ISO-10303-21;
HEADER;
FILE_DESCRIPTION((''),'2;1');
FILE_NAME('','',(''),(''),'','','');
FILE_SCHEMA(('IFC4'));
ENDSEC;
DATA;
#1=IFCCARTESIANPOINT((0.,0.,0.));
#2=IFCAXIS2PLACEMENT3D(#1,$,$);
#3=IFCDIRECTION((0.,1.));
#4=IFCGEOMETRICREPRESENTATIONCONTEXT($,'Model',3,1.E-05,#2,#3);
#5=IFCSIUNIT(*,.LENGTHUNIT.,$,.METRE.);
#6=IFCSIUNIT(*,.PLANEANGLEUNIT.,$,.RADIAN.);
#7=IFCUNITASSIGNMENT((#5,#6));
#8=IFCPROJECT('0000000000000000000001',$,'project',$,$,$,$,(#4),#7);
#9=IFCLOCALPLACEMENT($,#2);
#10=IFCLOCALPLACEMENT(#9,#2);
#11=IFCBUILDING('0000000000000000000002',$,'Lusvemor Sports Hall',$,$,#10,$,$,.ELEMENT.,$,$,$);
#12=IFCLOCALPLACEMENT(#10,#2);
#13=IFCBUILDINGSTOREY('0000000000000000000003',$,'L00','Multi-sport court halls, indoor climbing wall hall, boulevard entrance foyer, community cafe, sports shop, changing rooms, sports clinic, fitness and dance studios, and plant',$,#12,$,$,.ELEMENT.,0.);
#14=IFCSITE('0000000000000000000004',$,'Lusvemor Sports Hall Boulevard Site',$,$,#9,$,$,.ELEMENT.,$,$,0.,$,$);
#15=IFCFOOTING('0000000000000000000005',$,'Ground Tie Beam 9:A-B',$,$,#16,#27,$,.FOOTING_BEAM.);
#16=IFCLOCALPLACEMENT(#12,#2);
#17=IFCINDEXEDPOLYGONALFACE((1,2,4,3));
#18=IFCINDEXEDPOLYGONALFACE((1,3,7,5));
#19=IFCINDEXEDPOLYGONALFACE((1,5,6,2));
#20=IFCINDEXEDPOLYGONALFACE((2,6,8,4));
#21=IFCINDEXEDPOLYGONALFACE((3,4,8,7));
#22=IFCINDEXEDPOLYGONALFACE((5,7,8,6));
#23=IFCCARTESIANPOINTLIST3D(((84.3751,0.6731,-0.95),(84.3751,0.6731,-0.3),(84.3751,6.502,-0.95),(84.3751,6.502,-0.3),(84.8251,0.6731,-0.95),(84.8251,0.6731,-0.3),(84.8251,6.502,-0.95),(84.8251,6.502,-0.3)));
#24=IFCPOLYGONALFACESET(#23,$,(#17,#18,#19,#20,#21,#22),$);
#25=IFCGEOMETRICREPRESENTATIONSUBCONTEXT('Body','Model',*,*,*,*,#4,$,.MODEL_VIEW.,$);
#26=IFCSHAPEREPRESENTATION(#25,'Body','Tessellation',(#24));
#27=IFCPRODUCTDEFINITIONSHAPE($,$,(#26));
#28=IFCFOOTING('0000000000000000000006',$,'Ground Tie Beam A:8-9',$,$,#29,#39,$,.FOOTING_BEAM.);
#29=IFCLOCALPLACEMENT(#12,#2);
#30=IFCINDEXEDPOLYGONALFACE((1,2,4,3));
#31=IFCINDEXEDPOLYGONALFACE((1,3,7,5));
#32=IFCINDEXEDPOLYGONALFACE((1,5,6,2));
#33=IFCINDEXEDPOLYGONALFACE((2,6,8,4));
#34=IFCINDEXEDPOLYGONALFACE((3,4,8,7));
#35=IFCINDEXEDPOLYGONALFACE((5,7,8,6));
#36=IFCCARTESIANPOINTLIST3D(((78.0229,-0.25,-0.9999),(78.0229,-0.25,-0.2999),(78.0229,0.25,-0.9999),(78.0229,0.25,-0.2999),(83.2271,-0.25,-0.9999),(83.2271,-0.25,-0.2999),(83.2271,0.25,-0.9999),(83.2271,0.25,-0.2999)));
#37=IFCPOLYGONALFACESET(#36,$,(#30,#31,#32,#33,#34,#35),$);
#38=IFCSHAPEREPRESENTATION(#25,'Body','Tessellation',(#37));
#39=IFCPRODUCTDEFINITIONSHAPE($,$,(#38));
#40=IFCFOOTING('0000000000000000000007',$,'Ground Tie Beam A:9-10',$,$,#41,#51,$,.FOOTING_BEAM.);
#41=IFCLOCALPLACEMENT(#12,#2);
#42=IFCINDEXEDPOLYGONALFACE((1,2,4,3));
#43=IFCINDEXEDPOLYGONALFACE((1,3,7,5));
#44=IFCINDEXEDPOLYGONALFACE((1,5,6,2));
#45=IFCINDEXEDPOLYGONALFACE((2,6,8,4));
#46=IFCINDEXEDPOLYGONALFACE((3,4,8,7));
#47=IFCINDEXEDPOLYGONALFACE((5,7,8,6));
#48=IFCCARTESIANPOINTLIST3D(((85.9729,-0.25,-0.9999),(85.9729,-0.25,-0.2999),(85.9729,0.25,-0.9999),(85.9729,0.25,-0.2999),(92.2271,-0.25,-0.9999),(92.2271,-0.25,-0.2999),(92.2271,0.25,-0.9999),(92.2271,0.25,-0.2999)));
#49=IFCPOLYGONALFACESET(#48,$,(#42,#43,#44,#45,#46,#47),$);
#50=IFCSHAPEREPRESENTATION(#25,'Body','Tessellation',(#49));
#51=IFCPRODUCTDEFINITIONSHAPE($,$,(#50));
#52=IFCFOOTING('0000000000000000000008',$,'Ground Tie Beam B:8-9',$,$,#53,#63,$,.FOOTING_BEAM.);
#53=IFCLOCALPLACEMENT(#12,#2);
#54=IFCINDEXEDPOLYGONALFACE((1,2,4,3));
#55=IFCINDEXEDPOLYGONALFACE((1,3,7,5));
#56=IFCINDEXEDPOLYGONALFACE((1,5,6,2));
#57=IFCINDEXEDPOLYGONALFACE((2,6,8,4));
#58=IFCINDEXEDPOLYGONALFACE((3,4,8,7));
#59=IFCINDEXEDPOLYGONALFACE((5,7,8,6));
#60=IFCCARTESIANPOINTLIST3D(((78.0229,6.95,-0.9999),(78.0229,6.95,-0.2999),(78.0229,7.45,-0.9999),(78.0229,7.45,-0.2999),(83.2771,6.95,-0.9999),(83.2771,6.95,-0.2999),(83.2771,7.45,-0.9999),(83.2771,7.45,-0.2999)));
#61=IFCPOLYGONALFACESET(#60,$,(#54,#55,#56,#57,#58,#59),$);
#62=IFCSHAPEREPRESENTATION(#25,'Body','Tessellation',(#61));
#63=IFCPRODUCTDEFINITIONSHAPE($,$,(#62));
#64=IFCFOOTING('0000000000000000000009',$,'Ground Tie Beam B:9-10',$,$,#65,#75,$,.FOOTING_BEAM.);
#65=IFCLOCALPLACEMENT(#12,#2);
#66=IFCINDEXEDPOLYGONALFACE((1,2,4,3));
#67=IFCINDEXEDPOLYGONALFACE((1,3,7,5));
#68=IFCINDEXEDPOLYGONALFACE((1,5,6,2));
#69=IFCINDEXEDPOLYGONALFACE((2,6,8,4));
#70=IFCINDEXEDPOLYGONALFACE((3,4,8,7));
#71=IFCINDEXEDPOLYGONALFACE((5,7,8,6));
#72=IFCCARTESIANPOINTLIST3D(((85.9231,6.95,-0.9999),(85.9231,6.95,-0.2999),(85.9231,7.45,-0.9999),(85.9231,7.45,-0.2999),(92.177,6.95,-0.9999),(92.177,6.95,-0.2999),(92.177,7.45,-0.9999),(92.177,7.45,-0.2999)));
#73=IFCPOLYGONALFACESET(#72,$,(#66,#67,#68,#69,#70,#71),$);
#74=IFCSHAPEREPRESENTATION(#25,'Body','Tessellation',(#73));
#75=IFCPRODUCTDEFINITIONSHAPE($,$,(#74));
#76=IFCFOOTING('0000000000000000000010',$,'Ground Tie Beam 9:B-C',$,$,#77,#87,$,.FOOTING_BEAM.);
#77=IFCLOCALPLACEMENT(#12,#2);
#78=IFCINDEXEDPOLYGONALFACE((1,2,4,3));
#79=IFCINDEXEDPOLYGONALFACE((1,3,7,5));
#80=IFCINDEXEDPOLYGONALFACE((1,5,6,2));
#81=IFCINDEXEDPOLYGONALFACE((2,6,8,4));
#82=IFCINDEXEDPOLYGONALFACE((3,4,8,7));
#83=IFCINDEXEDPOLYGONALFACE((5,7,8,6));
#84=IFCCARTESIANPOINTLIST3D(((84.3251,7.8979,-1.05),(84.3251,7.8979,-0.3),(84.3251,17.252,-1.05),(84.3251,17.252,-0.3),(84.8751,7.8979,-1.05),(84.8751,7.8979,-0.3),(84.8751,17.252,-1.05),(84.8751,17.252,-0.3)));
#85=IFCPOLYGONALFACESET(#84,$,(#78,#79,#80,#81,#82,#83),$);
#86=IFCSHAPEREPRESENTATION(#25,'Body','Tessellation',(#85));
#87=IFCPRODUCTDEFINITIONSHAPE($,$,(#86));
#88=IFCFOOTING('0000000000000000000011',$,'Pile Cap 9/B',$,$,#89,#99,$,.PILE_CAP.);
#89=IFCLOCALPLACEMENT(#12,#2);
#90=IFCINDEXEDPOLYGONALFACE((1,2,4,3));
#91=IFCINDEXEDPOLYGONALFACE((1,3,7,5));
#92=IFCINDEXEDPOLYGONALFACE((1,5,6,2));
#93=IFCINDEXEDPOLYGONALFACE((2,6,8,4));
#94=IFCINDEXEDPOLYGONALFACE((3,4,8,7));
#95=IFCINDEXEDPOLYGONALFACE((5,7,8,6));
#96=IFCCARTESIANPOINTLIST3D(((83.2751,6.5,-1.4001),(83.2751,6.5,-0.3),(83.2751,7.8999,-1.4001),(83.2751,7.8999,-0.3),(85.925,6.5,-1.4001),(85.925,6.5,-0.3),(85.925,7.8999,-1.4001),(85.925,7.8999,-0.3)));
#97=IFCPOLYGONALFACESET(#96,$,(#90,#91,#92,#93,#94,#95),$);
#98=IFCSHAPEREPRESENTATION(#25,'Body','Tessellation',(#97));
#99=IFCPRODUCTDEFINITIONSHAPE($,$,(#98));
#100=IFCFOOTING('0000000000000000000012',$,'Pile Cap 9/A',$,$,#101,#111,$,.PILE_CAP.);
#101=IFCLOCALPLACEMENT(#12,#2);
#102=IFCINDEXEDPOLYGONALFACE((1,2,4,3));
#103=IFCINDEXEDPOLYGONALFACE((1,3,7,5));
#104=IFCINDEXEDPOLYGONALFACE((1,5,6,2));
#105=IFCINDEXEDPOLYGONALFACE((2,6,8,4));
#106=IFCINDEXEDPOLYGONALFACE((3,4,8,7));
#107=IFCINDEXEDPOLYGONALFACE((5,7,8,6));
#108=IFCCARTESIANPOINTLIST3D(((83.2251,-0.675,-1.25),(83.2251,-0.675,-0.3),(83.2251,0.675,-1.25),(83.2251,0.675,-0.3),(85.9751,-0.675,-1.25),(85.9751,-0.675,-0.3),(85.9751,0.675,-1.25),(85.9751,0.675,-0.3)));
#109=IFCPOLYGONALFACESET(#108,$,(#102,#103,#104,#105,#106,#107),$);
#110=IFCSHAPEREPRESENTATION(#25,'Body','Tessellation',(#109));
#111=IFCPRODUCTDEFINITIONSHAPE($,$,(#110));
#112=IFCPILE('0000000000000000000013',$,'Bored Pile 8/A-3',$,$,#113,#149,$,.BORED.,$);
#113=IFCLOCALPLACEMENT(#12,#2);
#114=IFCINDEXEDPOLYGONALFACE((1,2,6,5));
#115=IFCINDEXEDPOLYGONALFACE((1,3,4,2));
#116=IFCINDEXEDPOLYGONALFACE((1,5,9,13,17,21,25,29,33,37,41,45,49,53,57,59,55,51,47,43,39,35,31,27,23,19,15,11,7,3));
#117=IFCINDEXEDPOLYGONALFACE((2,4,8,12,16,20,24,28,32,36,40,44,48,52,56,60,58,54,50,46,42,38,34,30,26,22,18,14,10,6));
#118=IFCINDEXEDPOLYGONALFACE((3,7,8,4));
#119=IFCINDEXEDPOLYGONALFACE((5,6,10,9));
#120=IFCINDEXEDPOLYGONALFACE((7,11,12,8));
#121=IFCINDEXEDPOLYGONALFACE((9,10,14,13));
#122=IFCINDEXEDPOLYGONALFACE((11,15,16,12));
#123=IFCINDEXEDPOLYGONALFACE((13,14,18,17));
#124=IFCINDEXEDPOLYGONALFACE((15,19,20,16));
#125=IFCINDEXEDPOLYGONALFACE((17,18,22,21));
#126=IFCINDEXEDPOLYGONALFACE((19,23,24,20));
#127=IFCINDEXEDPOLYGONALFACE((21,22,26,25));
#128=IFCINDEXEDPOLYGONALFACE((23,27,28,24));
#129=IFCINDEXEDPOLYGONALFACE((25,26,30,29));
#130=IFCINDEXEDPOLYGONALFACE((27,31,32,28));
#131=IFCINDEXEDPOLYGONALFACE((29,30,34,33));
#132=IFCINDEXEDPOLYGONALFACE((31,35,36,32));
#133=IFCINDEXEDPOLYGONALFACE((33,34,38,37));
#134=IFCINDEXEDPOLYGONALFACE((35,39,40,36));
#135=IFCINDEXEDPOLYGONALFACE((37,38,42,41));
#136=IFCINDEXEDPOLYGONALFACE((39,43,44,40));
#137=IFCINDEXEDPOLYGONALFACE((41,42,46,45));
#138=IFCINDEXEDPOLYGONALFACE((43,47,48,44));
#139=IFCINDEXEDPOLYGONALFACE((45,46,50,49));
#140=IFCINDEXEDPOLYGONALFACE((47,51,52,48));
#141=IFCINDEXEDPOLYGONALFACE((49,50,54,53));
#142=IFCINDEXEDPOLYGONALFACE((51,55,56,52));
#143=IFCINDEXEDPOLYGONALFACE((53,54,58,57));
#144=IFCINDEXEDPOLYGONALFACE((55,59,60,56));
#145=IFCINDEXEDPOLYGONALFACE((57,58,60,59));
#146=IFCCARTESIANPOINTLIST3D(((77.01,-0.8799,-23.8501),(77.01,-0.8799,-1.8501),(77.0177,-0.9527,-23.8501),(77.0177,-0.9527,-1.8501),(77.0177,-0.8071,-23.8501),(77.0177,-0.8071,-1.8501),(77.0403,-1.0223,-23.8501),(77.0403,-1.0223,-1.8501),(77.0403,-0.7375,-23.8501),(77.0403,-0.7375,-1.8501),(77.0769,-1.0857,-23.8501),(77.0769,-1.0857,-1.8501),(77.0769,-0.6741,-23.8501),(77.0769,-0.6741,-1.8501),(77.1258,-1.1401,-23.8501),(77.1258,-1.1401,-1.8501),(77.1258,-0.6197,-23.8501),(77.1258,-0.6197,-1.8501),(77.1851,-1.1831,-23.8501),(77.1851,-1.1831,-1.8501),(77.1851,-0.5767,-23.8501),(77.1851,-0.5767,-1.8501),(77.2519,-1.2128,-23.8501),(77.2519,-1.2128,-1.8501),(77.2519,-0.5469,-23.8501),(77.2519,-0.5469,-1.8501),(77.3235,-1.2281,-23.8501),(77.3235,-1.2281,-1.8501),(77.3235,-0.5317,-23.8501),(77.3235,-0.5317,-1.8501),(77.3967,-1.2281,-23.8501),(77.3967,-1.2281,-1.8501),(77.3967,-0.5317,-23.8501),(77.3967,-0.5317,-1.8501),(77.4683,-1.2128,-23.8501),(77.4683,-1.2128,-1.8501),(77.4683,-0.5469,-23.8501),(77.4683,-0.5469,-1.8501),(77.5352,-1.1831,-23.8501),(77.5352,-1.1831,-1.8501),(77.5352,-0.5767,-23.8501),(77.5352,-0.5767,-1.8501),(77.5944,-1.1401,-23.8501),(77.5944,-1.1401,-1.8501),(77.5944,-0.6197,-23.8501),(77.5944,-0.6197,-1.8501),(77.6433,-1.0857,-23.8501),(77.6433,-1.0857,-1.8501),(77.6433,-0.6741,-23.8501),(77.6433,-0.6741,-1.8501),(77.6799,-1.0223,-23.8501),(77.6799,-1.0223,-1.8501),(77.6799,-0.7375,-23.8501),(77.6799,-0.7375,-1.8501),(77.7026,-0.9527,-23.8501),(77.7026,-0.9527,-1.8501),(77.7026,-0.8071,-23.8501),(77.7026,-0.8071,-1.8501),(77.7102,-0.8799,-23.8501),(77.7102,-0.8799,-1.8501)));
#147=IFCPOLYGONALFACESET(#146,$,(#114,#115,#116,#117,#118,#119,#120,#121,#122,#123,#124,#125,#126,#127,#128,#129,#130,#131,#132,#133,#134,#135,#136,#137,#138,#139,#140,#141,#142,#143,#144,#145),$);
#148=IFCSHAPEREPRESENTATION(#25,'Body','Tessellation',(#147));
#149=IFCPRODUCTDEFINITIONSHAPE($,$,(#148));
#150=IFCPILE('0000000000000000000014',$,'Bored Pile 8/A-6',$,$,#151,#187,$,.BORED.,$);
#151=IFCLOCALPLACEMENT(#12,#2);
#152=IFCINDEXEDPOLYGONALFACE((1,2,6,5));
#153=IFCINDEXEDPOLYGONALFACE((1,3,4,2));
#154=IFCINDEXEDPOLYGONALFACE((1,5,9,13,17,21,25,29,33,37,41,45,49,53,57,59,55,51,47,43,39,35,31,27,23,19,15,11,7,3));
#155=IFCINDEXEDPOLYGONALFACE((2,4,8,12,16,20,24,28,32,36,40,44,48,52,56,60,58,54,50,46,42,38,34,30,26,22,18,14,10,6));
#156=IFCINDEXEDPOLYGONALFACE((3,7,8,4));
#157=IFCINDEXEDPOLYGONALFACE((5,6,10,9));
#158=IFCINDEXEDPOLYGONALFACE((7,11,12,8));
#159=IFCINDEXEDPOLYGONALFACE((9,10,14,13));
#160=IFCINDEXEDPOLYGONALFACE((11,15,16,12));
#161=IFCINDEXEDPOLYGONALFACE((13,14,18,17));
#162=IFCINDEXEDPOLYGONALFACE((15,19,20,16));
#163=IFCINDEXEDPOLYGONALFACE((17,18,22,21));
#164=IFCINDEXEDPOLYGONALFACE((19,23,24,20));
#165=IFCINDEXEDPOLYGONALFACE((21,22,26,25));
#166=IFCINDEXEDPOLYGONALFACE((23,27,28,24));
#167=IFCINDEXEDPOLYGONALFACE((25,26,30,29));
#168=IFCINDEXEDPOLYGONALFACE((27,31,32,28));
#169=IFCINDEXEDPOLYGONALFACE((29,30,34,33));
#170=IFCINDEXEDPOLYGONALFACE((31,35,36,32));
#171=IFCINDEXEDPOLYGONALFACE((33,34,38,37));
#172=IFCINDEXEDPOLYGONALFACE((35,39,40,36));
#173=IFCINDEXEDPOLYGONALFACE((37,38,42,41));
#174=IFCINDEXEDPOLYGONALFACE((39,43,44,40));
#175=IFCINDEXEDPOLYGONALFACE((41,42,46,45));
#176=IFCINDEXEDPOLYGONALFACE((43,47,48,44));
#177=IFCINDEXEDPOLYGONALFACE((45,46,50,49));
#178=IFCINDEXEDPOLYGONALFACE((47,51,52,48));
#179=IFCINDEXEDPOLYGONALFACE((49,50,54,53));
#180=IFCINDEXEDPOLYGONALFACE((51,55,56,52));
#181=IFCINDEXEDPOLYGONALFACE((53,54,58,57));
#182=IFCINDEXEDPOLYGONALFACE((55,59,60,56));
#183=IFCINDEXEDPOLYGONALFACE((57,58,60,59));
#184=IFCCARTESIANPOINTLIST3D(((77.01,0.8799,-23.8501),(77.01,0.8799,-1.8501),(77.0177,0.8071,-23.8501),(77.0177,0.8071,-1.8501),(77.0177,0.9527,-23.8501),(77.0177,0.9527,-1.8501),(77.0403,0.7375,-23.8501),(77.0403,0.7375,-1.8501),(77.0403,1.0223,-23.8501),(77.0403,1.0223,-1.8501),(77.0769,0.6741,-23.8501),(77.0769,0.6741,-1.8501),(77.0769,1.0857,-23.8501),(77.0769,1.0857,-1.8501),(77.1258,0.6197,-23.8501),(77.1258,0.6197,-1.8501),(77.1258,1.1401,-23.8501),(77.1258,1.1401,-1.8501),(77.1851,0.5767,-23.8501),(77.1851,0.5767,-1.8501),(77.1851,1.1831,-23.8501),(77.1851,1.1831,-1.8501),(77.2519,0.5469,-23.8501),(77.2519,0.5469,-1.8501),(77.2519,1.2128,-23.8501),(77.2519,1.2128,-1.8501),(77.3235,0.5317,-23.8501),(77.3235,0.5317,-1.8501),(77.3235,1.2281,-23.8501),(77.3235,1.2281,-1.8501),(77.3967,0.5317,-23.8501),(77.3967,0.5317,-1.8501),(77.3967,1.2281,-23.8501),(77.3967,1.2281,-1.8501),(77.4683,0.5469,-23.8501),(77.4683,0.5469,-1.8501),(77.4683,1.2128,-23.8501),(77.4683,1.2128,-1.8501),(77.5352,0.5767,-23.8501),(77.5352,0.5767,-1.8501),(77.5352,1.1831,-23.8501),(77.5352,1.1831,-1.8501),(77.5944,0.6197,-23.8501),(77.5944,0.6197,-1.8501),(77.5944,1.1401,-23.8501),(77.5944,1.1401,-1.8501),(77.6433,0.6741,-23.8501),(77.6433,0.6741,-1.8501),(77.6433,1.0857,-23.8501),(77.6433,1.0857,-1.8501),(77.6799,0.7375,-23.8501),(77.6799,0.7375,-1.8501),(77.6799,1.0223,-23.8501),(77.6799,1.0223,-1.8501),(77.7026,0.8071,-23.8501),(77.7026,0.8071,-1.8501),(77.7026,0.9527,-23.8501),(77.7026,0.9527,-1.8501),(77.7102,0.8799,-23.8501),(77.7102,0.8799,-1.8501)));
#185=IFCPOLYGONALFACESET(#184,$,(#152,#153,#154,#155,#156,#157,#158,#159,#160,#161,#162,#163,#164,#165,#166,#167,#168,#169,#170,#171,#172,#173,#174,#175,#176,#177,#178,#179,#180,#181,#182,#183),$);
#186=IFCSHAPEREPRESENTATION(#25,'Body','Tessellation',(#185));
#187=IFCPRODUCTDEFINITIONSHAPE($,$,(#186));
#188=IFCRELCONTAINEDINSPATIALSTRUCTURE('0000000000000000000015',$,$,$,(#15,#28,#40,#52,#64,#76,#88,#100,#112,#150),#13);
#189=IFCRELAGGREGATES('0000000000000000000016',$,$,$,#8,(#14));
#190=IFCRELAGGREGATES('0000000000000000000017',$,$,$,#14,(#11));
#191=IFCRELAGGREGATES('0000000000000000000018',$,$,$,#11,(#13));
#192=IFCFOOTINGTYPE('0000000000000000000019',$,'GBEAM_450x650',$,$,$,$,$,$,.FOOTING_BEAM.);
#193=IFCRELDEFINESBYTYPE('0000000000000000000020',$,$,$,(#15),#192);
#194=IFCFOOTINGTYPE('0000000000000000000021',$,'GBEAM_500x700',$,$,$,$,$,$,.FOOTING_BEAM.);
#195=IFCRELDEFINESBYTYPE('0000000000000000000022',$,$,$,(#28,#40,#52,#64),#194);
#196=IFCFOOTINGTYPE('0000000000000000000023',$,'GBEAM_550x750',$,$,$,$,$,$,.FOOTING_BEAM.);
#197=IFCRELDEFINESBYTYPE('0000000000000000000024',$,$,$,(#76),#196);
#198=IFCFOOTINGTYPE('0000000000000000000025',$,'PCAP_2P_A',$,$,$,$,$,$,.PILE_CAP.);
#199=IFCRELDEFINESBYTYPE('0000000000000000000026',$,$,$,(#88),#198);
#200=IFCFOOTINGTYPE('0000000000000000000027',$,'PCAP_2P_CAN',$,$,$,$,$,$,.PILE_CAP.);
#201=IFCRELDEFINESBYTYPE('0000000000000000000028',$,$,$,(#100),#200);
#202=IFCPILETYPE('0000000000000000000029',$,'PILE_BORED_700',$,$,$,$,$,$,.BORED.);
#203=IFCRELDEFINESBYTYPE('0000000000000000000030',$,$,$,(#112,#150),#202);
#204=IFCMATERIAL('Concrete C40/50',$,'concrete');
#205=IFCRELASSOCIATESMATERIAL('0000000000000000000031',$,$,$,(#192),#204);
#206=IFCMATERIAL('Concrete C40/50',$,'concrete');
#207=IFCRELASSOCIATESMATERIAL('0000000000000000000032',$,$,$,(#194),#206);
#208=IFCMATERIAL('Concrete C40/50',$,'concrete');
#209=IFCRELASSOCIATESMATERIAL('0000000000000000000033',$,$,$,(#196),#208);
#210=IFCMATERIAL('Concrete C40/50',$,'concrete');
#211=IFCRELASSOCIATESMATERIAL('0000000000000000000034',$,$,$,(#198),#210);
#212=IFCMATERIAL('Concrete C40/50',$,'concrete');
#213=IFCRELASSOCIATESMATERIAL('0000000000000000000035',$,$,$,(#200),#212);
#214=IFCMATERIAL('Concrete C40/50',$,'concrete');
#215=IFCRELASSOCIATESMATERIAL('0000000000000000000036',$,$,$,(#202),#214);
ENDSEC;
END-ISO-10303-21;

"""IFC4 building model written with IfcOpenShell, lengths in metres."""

from ifc_helpers import new_model, si_unit, direction, frame, origin, origin_2d, place, context, subcontext, project, spatial, rectangle, circle, extrude, material, material_profile, profile_set, type_object, element, save


model = new_model("IFC4")

# Units and contexts
model_context = context("Model", 3, precision=1e-05, world=origin(), true_north=direction((0.0, 1.0)))
body_context = subcontext(model_context, "Body", "Model", "MODEL_VIEW")
ifc_project = project(units=[si_unit("LENGTHUNIT", "METRE"), si_unit("PLANEANGLEUNIT", "RADIAN")], contexts=[model_context])

# Site, building, storey
site_placement = place(None, origin())
site = spatial("IfcSite", under=ifc_project, at=site_placement, Name="Lusvemor Sports Hall Boulevard Site", CompositionType="ELEMENT", RefElevation=0.0)
building_placement = place(site_placement, origin())
building = spatial("IfcBuilding", under=site, at=building_placement, Name="Lusvemor Sports Hall", CompositionType="ELEMENT")
storey_placement = place(building_placement, origin())
storey = spatial("IfcBuildingStorey", under=building, at=storey_placement, Name="L00", Description="Multi-sport court halls, indoor climbing wall hall, boulevard entrance foyer, community cafe, sports shop, changing rooms, sports clinic, fitness and dance studios, and plant", CompositionType="ELEMENT", Elevation=0.0)

# Footings
ifc_material_1 = material(Name="Concrete C40/50", Category="concrete")
ifc_material_profile_1 = material_profile(ifc_material_1, rectangle(XDim=0.45, YDim=0.6499, at=origin_2d()), Name="GB_450x650")
ifc_profile_set_1 = profile_set([ifc_material_profile_1], Name="Concrete C40/50")
footing_type_1 = type_object("IfcFootingType", Name="GBEAM_450x650", PredefinedType="FOOTING_BEAM", material=ifc_profile_set_1)
footing_1_placement = place(storey_placement, frame((84.6001, 0.6731, -0.625), z_axis=(0.0, 1.0, 0.0), x_axis=(-1.0, 0.0, 0.0)))
element("IfcFooting", 1, at=footing_1_placement, inside=storey, type_object=footing_type_1, Name="Ground Tie Beam 9:A-B", PredefinedType="FOOTING_BEAM", context=body_context, shape_type="SweptSolid", body=[
    extrude(rectangle(XDim=0.45, YDim=0.6499, at=origin_2d()), origin(), (0.0, 0.0, 1.0), 5.8289),
])
ifc_material_2 = material(Name="Concrete C40/50", Category="concrete")
ifc_material_profile_2 = material_profile(ifc_material_2, rectangle(XDim=0.5, YDim=0.7, at=origin_2d()), Name="GB_500x700")
ifc_profile_set_2 = profile_set([ifc_material_profile_2], Name="Concrete C40/50")
footing_type_2 = type_object("IfcFootingType", Name="GBEAM_500x700", PredefinedType="FOOTING_BEAM", material=ifc_profile_set_2)
footing_2_placement = place(storey_placement, frame((78.0229, 0.0, -0.6499), z_axis=(1.0, 0.0, 0.0), x_axis=(0.0, 1.0, 0.0)))
element("IfcFooting", 2, at=footing_2_placement, inside=storey, type_object=footing_type_2, Name="Ground Tie Beam A:8-9", PredefinedType="FOOTING_BEAM", context=body_context, shape_type="SweptSolid", body=[
    extrude(rectangle(XDim=0.5, YDim=0.7, at=origin_2d()), origin(), (0.0, 0.0, 1.0), 5.2041),
])
footing_3_placement = place(storey_placement, frame((85.9729, 0.0, -0.6499), z_axis=(1.0, 0.0, 0.0), x_axis=(0.0, 1.0, 0.0)))
element("IfcFooting", 3, at=footing_3_placement, inside=storey, type_object=footing_type_2, Name="Ground Tie Beam A:9-10", PredefinedType="FOOTING_BEAM", context=body_context, shape_type="SweptSolid", body=[
    extrude(rectangle(XDim=0.5, YDim=0.7, at=origin_2d()), origin(), (0.0, 0.0, 1.0), 6.2542),
])
footing_4_placement = place(storey_placement, frame((78.0229, 7.2, -0.6499), z_axis=(1.0, 0.0, 0.0), x_axis=(0.0, 1.0, 0.0)))
element("IfcFooting", 4, at=footing_4_placement, inside=storey, type_object=footing_type_2, Name="Ground Tie Beam B:8-9", PredefinedType="FOOTING_BEAM", context=body_context, shape_type="SweptSolid", body=[
    extrude(rectangle(XDim=0.5, YDim=0.7, at=origin_2d()), origin(), (0.0, 0.0, 1.0), 5.2542),
])
footing_5_placement = place(storey_placement, frame((85.9231, 7.2, -0.6499), z_axis=(1.0, 0.0, 0.0), x_axis=(0.0, 1.0, 0.0)))
element("IfcFooting", 5, at=footing_5_placement, inside=storey, type_object=footing_type_2, Name="Ground Tie Beam B:9-10", PredefinedType="FOOTING_BEAM", context=body_context, shape_type="SweptSolid", body=[
    extrude(rectangle(XDim=0.5, YDim=0.7, at=origin_2d()), origin(), (0.0, 0.0, 1.0), 6.2539),
])
ifc_material_3 = material(Name="Concrete C40/50", Category="concrete")
ifc_material_profile_3 = material_profile(ifc_material_3, rectangle(XDim=0.55, YDim=0.75, at=origin_2d()), Name="GB_550x750")
ifc_profile_set_3 = profile_set([ifc_material_profile_3], Name="Concrete C40/50")
footing_type_3 = type_object("IfcFootingType", Name="GBEAM_550x750", PredefinedType="FOOTING_BEAM", material=ifc_profile_set_3)
footing_6_placement = place(storey_placement, frame((84.6001, 7.8979, -0.675), z_axis=(0.0, 1.0, 0.0), x_axis=(-1.0, 0.0, 0.0)))
element("IfcFooting", 6, at=footing_6_placement, inside=storey, type_object=footing_type_3, Name="Ground Tie Beam 9:B-C", PredefinedType="FOOTING_BEAM", context=body_context, shape_type="SweptSolid", body=[
    extrude(rectangle(XDim=0.55, YDim=0.75, at=origin_2d()), origin(), (0.0, 0.0, 1.0), 9.354),
])
ifc_material_4 = material(Name="Concrete C40/50", Category="concrete")
footing_type_4 = type_object("IfcFootingType", Name="PCAP_2P_A", PredefinedType="PILE_CAP", material=ifc_material_4)
footing_7_placement = place(storey_placement, frame((84.6001, 7.2, -1.4001), z_axis=(0.0, 0.0, 1.0), x_axis=(1.0, 0.0, 0.0)))
element("IfcFooting", 7, at=footing_7_placement, inside=storey, type_object=footing_type_4, Name="Pile Cap 9/B", PredefinedType="PILE_CAP", context=body_context, shape_type="SweptSolid", body=[
    extrude(rectangle(XDim=2.6499, YDim=1.3999, at=origin_2d()), origin(), (0.0, 0.0, 1.0), 1.1001),
])
ifc_material_5 = material(Name="Concrete C40/50", Category="concrete")
footing_type_5 = type_object("IfcFootingType", Name="PCAP_2P_CAN", PredefinedType="PILE_CAP", material=ifc_material_5)
footing_8_placement = place(storey_placement, frame((84.6001, 0.0, -1.25), z_axis=(0.0, 0.0, 1.0), x_axis=(1.0, 0.0, 0.0)))
element("IfcFooting", 8, at=footing_8_placement, inside=storey, type_object=footing_type_5, Name="Pile Cap 9/A", PredefinedType="PILE_CAP", context=body_context, shape_type="SweptSolid", body=[
    extrude(rectangle(XDim=2.75, YDim=1.3501, at=origin_2d()), origin(), (0.0, 0.0, 1.0), 0.95),
])

# Piles
ifc_material_6 = material(Name="Concrete C40/50", Category="concrete")
ifc_material_profile_4 = material_profile(ifc_material_6, circle(Radius=0.3501, at=origin_2d()), Name="PILE700")
ifc_profile_set_4 = profile_set([ifc_material_profile_4], Name="Concrete C40/50")
pile_type = type_object("IfcPileType", Name="PILE_BORED_700", PredefinedType="BORED", material=ifc_profile_set_4)
for number, where, z_axis, x_axis, name in (
    (9, (77.3601, -0.8799, -1.8501), (0.0, 0.0, -1.0), (1.0, 0.0, 0.0), "Bored Pile 8/A-3"),
    (10, (77.3601, 0.8799, -1.8501), (0.0, 0.0, -1.0), (1.0, 0.0, 0.0), "Bored Pile 8/A-6"),
):
    element("IfcPile", number, at=place(storey_placement, frame(where, z_axis=z_axis, x_axis=x_axis)), inside=storey, type_object=pile_type, Name=name, PredefinedType="BORED", context=body_context, shape_type="SweptSolid", body=[
        extrude(circle(Radius=0.3501, at=origin_2d()), origin(), (0.0, 0.0, 1.0), 22.0),
    ])

save(model, "model.ifc")
